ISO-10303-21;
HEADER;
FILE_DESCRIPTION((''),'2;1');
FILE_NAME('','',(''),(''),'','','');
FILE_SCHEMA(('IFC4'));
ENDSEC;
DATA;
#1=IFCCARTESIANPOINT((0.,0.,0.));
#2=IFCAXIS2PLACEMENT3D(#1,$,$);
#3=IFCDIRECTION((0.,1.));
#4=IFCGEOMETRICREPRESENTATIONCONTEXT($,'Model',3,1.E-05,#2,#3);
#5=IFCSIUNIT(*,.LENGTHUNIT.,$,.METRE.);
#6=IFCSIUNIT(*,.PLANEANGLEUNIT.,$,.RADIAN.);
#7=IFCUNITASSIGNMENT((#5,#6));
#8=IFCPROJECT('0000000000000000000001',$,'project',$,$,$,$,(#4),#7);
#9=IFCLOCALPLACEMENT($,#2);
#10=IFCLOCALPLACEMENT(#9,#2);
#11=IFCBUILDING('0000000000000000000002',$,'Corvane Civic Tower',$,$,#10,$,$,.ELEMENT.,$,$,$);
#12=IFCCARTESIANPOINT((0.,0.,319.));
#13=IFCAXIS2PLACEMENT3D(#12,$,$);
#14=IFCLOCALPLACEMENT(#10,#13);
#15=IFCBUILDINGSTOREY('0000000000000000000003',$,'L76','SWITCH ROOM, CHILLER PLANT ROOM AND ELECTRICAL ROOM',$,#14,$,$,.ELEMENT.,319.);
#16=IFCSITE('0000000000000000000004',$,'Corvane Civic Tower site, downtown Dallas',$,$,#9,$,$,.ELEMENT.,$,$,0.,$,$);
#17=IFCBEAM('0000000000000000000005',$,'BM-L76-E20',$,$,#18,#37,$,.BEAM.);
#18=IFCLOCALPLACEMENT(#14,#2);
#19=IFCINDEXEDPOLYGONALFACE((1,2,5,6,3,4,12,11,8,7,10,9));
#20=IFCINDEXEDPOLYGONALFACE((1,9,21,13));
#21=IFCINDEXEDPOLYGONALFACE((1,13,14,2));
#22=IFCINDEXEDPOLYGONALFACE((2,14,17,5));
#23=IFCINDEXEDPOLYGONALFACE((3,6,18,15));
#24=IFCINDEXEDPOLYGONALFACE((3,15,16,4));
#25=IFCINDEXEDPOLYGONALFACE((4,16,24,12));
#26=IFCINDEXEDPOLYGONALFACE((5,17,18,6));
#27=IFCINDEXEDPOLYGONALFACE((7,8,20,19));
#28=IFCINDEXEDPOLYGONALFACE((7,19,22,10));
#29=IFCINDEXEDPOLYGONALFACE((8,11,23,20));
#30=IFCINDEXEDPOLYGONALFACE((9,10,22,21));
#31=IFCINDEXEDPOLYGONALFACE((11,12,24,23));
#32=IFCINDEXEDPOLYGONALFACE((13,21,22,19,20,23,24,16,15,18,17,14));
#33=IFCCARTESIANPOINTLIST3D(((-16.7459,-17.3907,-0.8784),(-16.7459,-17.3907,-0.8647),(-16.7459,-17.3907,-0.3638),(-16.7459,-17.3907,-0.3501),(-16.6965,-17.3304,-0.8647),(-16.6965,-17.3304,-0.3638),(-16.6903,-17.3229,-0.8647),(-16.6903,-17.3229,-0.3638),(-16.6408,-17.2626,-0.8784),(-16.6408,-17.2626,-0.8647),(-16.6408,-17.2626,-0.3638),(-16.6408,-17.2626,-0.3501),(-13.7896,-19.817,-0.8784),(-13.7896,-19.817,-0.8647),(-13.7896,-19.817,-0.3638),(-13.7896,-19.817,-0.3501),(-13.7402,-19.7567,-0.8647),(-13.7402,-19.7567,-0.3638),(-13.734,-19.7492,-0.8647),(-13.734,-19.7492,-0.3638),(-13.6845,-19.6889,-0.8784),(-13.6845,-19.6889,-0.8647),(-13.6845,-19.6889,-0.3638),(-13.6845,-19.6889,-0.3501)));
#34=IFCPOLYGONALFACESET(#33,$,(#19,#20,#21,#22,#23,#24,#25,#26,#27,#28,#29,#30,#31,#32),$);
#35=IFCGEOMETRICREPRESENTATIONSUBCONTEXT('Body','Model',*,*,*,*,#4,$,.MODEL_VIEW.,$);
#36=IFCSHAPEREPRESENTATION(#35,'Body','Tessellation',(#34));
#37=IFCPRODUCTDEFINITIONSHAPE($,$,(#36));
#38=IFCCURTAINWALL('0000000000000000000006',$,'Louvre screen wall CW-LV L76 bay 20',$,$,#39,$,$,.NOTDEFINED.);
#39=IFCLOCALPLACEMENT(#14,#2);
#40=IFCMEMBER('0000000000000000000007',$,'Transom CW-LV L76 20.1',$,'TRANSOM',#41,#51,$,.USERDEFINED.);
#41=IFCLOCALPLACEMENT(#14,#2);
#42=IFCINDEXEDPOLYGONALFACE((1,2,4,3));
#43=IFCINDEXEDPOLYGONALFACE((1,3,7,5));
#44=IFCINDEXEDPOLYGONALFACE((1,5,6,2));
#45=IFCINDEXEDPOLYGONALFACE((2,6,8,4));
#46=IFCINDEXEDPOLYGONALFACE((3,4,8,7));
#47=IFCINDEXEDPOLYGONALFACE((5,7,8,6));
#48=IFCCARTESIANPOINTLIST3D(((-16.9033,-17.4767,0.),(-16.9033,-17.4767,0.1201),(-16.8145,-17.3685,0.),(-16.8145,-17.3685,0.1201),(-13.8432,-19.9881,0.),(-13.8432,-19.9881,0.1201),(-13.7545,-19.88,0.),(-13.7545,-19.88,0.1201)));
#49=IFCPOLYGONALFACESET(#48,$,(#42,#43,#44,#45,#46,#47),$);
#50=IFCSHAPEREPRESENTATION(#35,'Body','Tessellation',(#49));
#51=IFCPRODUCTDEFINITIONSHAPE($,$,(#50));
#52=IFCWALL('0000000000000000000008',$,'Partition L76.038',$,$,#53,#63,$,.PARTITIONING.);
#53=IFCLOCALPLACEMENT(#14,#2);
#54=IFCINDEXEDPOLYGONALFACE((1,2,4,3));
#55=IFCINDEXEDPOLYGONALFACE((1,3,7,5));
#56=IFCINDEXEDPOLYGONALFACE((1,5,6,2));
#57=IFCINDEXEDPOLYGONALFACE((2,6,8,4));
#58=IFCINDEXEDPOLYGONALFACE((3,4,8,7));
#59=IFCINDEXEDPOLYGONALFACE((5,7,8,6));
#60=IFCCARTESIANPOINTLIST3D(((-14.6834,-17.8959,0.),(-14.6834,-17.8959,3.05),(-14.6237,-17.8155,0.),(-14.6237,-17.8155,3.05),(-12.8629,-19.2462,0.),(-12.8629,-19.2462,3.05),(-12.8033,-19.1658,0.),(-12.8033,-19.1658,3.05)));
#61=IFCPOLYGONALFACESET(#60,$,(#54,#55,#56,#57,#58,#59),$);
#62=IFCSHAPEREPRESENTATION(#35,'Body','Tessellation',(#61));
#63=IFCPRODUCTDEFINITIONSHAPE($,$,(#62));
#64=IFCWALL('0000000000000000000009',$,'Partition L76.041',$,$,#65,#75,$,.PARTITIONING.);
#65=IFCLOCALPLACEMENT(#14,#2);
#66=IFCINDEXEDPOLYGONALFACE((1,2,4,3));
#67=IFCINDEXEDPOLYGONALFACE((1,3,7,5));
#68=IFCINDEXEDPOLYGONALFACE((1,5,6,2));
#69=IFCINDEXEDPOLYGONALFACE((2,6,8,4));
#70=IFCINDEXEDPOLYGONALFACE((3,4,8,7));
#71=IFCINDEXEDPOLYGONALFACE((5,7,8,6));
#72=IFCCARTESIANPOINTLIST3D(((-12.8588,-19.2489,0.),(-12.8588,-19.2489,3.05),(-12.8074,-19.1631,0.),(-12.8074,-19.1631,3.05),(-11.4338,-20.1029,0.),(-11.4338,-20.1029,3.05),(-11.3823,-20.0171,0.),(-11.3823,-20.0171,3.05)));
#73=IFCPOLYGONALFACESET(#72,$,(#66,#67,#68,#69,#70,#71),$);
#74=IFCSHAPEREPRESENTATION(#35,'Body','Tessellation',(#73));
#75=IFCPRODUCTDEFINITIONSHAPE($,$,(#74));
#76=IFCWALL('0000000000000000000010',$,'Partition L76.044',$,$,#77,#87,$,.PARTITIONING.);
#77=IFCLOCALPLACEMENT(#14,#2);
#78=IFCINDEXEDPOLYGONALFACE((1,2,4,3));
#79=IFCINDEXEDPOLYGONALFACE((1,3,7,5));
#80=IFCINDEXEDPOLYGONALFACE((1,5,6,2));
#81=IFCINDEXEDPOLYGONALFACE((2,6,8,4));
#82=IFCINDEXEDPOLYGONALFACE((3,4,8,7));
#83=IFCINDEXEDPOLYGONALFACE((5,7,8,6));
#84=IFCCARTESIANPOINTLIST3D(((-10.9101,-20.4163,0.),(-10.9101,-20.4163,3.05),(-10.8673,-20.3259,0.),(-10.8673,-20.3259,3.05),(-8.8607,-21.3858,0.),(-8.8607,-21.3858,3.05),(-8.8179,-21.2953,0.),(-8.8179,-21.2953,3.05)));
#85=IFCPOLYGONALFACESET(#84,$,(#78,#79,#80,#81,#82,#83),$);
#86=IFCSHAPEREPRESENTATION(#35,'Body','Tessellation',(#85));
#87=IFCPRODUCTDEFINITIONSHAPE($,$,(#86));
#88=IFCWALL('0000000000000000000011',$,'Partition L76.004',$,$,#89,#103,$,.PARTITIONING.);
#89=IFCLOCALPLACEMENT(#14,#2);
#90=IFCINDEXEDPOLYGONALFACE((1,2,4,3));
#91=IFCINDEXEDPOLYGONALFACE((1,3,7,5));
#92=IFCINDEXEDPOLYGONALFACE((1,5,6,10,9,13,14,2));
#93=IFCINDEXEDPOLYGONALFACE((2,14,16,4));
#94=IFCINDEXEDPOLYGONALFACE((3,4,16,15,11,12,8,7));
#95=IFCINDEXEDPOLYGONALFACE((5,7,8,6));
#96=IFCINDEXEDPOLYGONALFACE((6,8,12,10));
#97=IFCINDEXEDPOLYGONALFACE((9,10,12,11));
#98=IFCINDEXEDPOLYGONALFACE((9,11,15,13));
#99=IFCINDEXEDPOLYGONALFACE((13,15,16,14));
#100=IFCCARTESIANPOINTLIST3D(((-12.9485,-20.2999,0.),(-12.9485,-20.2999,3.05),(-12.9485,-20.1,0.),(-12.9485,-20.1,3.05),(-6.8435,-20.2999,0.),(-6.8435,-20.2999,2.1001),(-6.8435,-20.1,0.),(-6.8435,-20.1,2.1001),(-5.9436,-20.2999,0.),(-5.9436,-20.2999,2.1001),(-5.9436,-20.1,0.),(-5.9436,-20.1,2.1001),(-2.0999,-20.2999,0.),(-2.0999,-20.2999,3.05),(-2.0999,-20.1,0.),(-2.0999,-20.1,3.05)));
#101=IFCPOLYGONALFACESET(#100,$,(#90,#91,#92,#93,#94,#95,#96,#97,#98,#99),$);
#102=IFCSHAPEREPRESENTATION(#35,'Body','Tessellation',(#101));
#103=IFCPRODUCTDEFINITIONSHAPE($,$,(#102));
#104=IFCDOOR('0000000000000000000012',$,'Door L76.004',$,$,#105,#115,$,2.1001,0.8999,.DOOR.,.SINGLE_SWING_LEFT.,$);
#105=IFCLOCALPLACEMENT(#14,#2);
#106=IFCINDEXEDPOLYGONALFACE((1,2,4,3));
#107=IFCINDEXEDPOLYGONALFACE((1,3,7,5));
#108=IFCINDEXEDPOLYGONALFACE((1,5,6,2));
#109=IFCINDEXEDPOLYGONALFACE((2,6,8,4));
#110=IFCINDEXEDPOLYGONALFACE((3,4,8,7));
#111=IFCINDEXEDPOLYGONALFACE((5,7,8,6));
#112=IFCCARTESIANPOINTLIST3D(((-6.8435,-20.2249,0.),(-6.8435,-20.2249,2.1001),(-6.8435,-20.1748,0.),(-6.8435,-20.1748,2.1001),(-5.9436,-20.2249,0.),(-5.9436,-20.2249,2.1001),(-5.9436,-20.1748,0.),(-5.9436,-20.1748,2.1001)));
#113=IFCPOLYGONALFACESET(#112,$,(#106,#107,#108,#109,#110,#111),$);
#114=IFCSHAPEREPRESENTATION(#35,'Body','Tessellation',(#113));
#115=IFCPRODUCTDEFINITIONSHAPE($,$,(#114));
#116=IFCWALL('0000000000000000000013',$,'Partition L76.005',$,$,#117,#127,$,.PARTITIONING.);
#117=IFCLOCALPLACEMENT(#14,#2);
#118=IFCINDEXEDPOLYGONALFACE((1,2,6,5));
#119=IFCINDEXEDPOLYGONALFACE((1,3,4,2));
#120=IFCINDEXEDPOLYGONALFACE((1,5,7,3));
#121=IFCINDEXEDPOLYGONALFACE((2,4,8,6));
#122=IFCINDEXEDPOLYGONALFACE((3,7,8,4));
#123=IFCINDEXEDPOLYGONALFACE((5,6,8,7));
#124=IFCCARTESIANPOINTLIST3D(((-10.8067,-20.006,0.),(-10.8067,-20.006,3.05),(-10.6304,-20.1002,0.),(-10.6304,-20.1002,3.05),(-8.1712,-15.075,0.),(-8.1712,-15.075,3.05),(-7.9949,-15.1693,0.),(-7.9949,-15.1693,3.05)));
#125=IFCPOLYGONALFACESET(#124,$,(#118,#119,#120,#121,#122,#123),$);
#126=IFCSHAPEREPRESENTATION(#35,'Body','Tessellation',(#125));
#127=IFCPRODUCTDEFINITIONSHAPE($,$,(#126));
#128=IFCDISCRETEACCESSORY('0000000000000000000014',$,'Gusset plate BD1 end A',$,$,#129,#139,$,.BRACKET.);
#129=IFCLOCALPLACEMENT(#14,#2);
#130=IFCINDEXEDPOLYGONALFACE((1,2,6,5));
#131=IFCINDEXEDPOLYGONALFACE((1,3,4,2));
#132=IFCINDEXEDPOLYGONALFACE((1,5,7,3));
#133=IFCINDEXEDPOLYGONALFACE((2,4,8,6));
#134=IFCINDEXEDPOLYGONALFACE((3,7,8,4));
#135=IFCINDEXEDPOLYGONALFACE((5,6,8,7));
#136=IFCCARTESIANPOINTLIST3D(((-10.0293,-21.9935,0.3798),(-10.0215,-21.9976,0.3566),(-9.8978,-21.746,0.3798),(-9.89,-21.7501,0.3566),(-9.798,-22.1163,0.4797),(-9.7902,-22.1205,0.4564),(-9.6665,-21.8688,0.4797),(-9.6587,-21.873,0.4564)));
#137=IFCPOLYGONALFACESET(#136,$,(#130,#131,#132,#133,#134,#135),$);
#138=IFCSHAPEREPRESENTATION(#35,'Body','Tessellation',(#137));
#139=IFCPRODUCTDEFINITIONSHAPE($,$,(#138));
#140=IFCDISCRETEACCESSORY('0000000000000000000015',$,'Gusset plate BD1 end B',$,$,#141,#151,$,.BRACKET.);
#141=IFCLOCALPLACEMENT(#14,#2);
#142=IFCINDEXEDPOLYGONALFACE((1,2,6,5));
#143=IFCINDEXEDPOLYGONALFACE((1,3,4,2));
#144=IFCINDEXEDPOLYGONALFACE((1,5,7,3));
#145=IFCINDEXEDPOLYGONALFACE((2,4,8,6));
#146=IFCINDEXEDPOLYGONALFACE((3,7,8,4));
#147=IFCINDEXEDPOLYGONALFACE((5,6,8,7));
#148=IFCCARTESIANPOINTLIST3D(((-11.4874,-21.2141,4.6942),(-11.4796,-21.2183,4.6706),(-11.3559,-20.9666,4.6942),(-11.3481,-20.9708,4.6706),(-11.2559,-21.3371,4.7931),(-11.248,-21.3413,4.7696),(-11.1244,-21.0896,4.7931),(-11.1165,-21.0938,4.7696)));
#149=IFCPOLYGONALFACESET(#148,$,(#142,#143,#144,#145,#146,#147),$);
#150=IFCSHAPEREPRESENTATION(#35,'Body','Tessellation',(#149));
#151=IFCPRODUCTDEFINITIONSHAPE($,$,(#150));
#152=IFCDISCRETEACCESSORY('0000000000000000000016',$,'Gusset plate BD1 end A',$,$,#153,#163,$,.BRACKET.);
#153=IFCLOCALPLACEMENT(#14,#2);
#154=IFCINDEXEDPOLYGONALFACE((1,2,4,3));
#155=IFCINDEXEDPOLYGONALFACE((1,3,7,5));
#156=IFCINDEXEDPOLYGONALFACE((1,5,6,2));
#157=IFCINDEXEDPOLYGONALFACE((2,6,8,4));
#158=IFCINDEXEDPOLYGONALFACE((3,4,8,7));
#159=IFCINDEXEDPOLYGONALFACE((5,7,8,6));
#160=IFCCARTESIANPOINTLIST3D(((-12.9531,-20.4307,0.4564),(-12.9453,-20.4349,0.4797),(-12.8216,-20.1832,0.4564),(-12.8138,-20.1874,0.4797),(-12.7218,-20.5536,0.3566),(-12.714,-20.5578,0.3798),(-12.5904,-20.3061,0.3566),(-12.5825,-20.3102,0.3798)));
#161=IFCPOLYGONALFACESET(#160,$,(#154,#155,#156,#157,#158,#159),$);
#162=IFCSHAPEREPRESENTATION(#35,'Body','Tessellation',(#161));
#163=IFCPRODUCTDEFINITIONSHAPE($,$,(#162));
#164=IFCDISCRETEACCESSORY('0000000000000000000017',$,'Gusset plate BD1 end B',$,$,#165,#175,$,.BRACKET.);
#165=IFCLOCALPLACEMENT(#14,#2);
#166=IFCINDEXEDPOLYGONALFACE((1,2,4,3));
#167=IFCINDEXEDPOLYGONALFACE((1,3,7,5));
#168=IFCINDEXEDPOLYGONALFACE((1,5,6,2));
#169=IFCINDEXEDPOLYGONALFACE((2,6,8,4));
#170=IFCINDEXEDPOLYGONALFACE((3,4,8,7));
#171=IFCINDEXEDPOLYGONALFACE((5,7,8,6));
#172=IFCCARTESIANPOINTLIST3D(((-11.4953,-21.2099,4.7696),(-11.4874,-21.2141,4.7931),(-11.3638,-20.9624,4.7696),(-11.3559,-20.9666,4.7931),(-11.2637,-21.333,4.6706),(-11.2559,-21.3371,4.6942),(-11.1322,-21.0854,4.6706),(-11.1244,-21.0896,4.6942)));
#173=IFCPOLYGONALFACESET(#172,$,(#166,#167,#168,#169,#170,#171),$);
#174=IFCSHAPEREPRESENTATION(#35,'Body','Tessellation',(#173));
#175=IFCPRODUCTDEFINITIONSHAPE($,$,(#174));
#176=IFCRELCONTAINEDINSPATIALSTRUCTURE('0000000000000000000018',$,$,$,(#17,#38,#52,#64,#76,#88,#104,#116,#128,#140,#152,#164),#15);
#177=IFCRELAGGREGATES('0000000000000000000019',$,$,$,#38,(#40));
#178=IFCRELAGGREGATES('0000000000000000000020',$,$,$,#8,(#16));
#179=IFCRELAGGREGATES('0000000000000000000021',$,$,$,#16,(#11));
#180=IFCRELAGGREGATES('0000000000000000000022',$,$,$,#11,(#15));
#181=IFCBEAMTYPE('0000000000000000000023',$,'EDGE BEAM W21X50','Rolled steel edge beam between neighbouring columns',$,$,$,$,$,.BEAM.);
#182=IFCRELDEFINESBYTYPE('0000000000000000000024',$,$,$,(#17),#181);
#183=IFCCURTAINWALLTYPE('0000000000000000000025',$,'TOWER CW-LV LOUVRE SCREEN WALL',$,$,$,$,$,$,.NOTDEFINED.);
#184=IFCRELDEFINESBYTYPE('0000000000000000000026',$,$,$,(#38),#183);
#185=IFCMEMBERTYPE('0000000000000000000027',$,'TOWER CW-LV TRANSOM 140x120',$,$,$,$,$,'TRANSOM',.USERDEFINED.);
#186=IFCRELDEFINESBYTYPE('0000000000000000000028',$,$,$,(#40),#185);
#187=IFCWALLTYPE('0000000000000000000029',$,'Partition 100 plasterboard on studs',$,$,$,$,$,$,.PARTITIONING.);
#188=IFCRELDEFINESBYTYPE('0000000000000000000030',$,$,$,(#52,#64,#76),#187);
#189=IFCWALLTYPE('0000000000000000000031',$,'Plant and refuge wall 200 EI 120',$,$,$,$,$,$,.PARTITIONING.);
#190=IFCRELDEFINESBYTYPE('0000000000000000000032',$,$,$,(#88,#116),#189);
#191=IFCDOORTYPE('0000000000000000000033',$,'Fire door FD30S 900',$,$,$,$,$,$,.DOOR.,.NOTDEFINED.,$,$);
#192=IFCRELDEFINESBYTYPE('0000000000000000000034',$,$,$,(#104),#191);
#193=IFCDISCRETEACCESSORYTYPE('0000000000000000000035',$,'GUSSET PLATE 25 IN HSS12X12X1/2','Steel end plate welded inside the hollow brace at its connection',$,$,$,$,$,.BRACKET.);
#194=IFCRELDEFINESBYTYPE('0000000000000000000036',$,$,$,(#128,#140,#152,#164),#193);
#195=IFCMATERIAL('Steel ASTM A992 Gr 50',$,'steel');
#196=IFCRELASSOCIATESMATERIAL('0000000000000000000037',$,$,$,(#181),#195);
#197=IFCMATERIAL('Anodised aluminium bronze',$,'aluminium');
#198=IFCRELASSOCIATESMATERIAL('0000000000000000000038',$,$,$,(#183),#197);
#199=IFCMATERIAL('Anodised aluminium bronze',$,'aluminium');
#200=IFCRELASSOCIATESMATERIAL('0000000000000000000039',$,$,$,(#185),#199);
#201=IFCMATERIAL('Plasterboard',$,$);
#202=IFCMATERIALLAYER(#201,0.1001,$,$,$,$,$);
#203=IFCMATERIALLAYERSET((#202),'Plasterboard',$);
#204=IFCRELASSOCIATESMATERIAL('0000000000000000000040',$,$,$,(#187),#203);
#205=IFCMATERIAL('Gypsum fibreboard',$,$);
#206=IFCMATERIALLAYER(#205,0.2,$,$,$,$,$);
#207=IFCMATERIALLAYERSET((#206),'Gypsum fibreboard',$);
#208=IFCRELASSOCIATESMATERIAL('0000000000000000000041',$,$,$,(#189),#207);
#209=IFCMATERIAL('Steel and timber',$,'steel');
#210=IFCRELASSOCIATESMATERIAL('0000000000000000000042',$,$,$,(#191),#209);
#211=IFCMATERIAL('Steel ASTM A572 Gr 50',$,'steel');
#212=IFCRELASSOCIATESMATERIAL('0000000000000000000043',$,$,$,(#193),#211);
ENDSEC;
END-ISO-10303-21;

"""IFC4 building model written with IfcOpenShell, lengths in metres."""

from ifc_helpers import new_model, si_unit, direction, frame, frame_2d, origin, origin_2d, place, context, subcontext, project, spatial, rectangle, i_section, extrude, material, layer, layer_set, material_profile, profile_set, type_object, element, fill, aggregate, save


model = new_model("IFC4")

# Units and contexts
model_context = context("Model", 3, precision=1e-05, world=origin(), true_north=direction((0.0, 1.0)))
body_context = subcontext(model_context, "Body", "Model", "MODEL_VIEW")
ifc_project = project(units=[si_unit("LENGTHUNIT", "METRE"), si_unit("PLANEANGLEUNIT", "RADIAN")], contexts=[model_context])

# Site, building, storey
site_placement = place(None, origin())
site = spatial("IfcSite", under=ifc_project, at=site_placement, Name="Corvane Civic Tower site, downtown Dallas", CompositionType="ELEMENT", RefElevation=0.0)
building_placement = place(site_placement, origin())
building = spatial("IfcBuilding", under=site, at=building_placement, Name="Corvane Civic Tower", CompositionType="ELEMENT")
storey_placement = place(building_placement, frame((0.0, 0.0, 319.0)))
storey = spatial("IfcBuildingStorey", under=building, at=storey_placement, Name="L76", Description="SWITCH ROOM, CHILLER PLANT ROOM AND ELECTRICAL ROOM", CompositionType="ELEMENT", Elevation=319.0)

# Beam
ifc_material_1 = material(Name="Steel ASTM A992 Gr 50", Category="steel")
ifc_material_profile_1 = material_profile(ifc_material_1, i_section(OverallWidth=0.1658, OverallDepth=0.5283, WebThickness=0.0098, FlangeThickness=0.0137, at=origin_2d()), Name="W21X50")
ifc_profile_set_1 = profile_set([ifc_material_profile_1], Name="Steel ASTM A992 Gr 50")
beam_type = type_object("IfcBeamType", Name="EDGE BEAM W21X50", Description="Rolled steel edge beam between neighbouring columns", PredefinedType="BEAM", material=ifc_profile_set_1)
beam_placement = place(storey_placement, frame((-13.7371, -19.7529, -0.6143), z_axis=(-0.772998, 0.634409, 0.0), x_axis=(-0.634409, -0.772998, 0.0)))
element("IfcBeam", 1, at=beam_placement, inside=storey, type_object=beam_type, Name="BM-L76-E20", PredefinedType="BEAM", context=body_context, shape_type="SweptSolid", body=[
    extrude(i_section(OverallWidth=0.1658, OverallDepth=0.5283, WebThickness=0.0098, FlangeThickness=0.0137, at=origin_2d()), origin(), (0.0, 0.0, 1.0), 3.8245),
])

# Curtain wall, member
ifc_material_2 = material(Name="Anodised aluminium bronze", Category="aluminium")
curtain_wall_type = type_object("IfcCurtainWallType", Name="TOWER CW-LV LOUVRE SCREEN WALL", PredefinedType="NOTDEFINED", material=ifc_material_2)
curtain_wall_placement = place(storey_placement, origin())
curtain_wall = element("IfcCurtainWall", 2, at=curtain_wall_placement, inside=storey, type_object=curtain_wall_type, Name="Louvre screen wall CW-LV L76 bay 20", PredefinedType="NOTDEFINED")
ifc_material_3 = material(Name="Anodised aluminium bronze", Category="aluminium")
ifc_material_profile_2 = material_profile(ifc_material_3, rectangle(XDim=0.1399, YDim=0.1201, at=origin_2d()), Name="TOWER CW-LV TRANSOM 140x120")
ifc_profile_set_2 = profile_set([ifc_material_profile_2], Name="Anodised aluminium bronze")
member_type_1 = type_object("IfcMemberType", Name="TOWER CW-LV TRANSOM 140x120", ElementType="TRANSOM", PredefinedType="USERDEFINED", material=ifc_profile_set_2)
member_placement = place(storey_placement, frame((-13.7988, -19.9341, 0.0601), z_axis=(-0.772992, 0.634416, 0.0), x_axis=(-0.634416, -0.772992, 0.0)))
member = element("IfcMember", 3, at=member_placement, type_object=member_type_1, Name="Transom CW-LV L76 20.1", ObjectType="TRANSOM", PredefinedType="USERDEFINED", context=body_context, shape_type="SweptSolid", body=[
    extrude(rectangle(XDim=0.1399, YDim=0.1201, at=origin_2d()), origin(), (0.0, 0.0, 1.0), 3.9587),
])

# Walls
ifc_material_4 = material(Name="Plasterboard")
ifc_layer_1 = layer(ifc_material_4, 0.1001)
ifc_layer_set_1 = layer_set([ifc_layer_1], Name="Plasterboard")
wall_type_1 = type_object("IfcWallType", Name="Partition 100 plasterboard on studs", PredefinedType="PARTITIONING", material=ifc_layer_set_1)
wall_1_placement = place(storey_placement, frame((-14.6536, -17.8557, 0.0), z_axis=(0.0, 0.0, 1.0), x_axis=(0.803181, -0.595735, 0.0)))
element("IfcWall", 4, at=wall_1_placement, inside=storey, type_object=wall_type_1, Name="Partition L76.038", PredefinedType="PARTITIONING", context=body_context, shape_type="SweptSolid", body=[
    extrude(rectangle(XDim=2.2666, YDim=0.1001, at=frame_2d((1.1333, 0.0))), origin(), (0.0, 0.0, 1.0), 3.05),
])
wall_2_placement = place(storey_placement, frame((-12.833, -19.2061, 0.0), z_axis=(0.0, 0.0, 1.0), x_axis=(0.857765, -0.514042, 0.0)))
element("IfcWall", 5, at=wall_2_placement, inside=storey, type_object=wall_type_1, Name="Partition L76.041", PredefinedType="PARTITIONING", context=body_context, shape_type="SweptSolid", body=[
    extrude(rectangle(XDim=1.6614, YDim=0.1001, at=frame_2d((0.8306, 0.0))), origin(), (0.0, 0.0, 1.0), 3.05),
])
wall_3_placement = place(storey_placement, frame((-10.8887, -20.3711, 0.0), z_axis=(0.0, 0.0, 1.0), x_axis=(0.90395, -0.427637, 0.0)))
element("IfcWall", 6, at=wall_3_placement, inside=storey, type_object=wall_type_1, Name="Partition L76.044", PredefinedType="PARTITIONING", context=body_context, shape_type="SweptSolid", body=[
    extrude(rectangle(XDim=2.2671, YDim=0.1001, at=frame_2d((1.1335, 0.0))), origin(), (0.0, 0.0, 1.0), 3.05),
])

# Wall, opening, door
ifc_material_5 = material(Name="Gypsum fibreboard")
ifc_layer_2 = layer(ifc_material_5, 0.2)
ifc_layer_set_2 = layer_set([ifc_layer_2], Name="Gypsum fibreboard")
wall_type_2 = type_object("IfcWallType", Name="Plant and refuge wall 200 EI 120", PredefinedType="PARTITIONING", material=ifc_layer_set_2)
wall_4_placement = place(storey_placement, frame((-12.9485, -20.2, 0.0), z_axis=(0.0, 0.0, 1.0), x_axis=(1.0, 0.0, 0.0)))
wall_4 = element("IfcWall", 7, at=wall_4_placement, inside=storey, type_object=wall_type_2, Name="Partition L76.004", PredefinedType="PARTITIONING", context=body_context, shape_type="SweptSolid", body=[
    extrude(rectangle(XDim=10.8486, YDim=0.2, at=frame_2d((5.4243, 0.0))), origin(), (0.0, 0.0, 1.0), 3.05),
])
opening_placement = place(wall_4_placement, frame((6.105, 0.0, 0.0)))
opening = element("IfcOpeningElement", 8, at=opening_placement, cuts=wall_4, PredefinedType="OPENING", context=body_context, shape_type="SweptSolid", body=[
    extrude(rectangle(XDim=0.8999, YDim=2.1001, at=frame_2d((0.45, 1.05))), frame((0.0, 0.1099, 0.0), z_axis=(0.0, -1.0, 0.0), x_axis=(1.0, 0.0, 0.0)), (0.0, 0.0, 1.0), 0.22),
])
ifc_material_6 = material(Name="Steel and timber", Category="steel")
door_type = type_object("IfcDoorType", Name="Fire door FD30S 900", OperationType="NOTDEFINED", PredefinedType="DOOR", material=ifc_material_6)
door_placement = place(opening_placement, frame((0.8999, 0.0, 0.0), z_axis=(0.0, 0.0, 1.0), x_axis=(-1.0, 0.0, 0.0)))
door = element("IfcDoor", 9, at=door_placement, inside=storey, type_object=door_type, Name="Door L76.004", OperationType="SINGLE_SWING_LEFT", OverallHeight=2.1001, OverallWidth=0.8999, PredefinedType="DOOR", context=body_context, shape_type="SweptSolid", body=[
    extrude(rectangle(XDim=0.8999, YDim=2.1001, at=frame_2d((0.45, 1.05))), frame((0.0, 0.0249, 0.0), z_axis=(0.0, -1.0, 0.0), x_axis=(1.0, 0.0, 0.0)), (0.0, 0.0, 1.0), 0.05),
])
fill(opening, door)

# Wall
wall_5_placement = place(storey_placement, frame((-10.7185, -20.053, 0.0), z_axis=(0.0, 0.0, 1.0), x_axis=(0.471379, 0.881931, 0.0)))
element("IfcWall", 10, at=wall_5_placement, inside=storey, type_object=wall_type_2, Name="Partition L76.005", PredefinedType="PARTITIONING", context=body_context, shape_type="SweptSolid", body=[
    extrude(rectangle(XDim=5.5911, YDim=0.2, at=frame_2d((2.7954, 0.0))), origin(), (0.0, 0.0, 1.0), 3.05),
])

aggregate(curtain_wall, [member])

# Discrete accessories
ifc_material_7 = material(Name="Steel ASTM A572 Gr 50", Category="steel")
ifc_material_profile_3 = material_profile(ifc_material_7, rectangle(XDim=0.2803, YDim=0.2803, at=origin_2d()), Name="GUSSET PLATE 25 IN HSS12X12X1/2")
ifc_profile_set_3 = profile_set([ifc_material_profile_3], Name="Steel ASTM A572 Gr 50")
discrete_accessory_type = type_object("IfcDiscreteAccessoryType", Name="GUSSET PLATE 25 IN HSS12X12X1/2", Description="Steel end plate welded inside the hollow brace at its connection", PredefinedType="BRACKET", material=ifc_profile_set_3)
discrete_accessory_1_placement = place(storey_placement, frame((-9.8401, -21.9353, 0.4065), z_axis=(-0.314725, 0.167198, 0.934341), x_axis=(-0.469155, -0.883116, 0.0)))
element("IfcDiscreteAccessory", 11, at=discrete_accessory_1_placement, inside=storey, type_object=discrete_accessory_type, Name="Gusset plate BD1 end A", PredefinedType="BRACKET", context=body_context, shape_type="SweptSolid", body=[
    extrude(rectangle(XDim=0.2803, YDim=0.2803, at=origin_2d()), origin(), (0.0, 0.0, 1.0), 0.0249),
])
discrete_accessory_2_placement = place(storey_placement, frame((-11.3059, -21.1519, 4.7437), z_axis=(0.311858, -0.165674, -0.935573), x_axis=(0.469155, 0.883116, 0.0)))
element("IfcDiscreteAccessory", 12, at=discrete_accessory_2_placement, inside=storey, type_object=discrete_accessory_type, Name="Gusset plate BD1 end B", PredefinedType="BRACKET", context=body_context, shape_type="SweptSolid", body=[
    extrude(rectangle(XDim=0.2803, YDim=0.2803, at=origin_2d()), origin(), (0.0, 0.0, 1.0), 0.0251),
])
discrete_accessory_3_placement = place(storey_placement, frame((-12.7717, -20.3684, 0.4065), z_axis=(0.314725, -0.167198, 0.934341), x_axis=(0.469155, 0.883116, 0.0)))
element("IfcDiscreteAccessory", 13, at=discrete_accessory_3_placement, inside=storey, type_object=discrete_accessory_type, Name="Gusset plate BD1 end A", PredefinedType="BRACKET", context=body_context, shape_type="SweptSolid", body=[
    extrude(rectangle(XDim=0.2803, YDim=0.2803, at=origin_2d()), origin(), (0.0, 0.0, 1.0), 0.0249),
])
discrete_accessory_4_placement = place(storey_placement, frame((-11.3059, -21.1519, 4.7437), z_axis=(-0.311858, 0.165674, -0.935573), x_axis=(-0.469155, -0.883116, 0.0)))
element("IfcDiscreteAccessory", 14, at=discrete_accessory_4_placement, inside=storey, type_object=discrete_accessory_type, Name="Gusset plate BD1 end B", PredefinedType="BRACKET", context=body_context, shape_type="SweptSolid", body=[
    extrude(rectangle(XDim=0.2803, YDim=0.2803, at=origin_2d()), origin(), (0.0, 0.0, 1.0), 0.0251),
])

save(model, "model.ifc")
